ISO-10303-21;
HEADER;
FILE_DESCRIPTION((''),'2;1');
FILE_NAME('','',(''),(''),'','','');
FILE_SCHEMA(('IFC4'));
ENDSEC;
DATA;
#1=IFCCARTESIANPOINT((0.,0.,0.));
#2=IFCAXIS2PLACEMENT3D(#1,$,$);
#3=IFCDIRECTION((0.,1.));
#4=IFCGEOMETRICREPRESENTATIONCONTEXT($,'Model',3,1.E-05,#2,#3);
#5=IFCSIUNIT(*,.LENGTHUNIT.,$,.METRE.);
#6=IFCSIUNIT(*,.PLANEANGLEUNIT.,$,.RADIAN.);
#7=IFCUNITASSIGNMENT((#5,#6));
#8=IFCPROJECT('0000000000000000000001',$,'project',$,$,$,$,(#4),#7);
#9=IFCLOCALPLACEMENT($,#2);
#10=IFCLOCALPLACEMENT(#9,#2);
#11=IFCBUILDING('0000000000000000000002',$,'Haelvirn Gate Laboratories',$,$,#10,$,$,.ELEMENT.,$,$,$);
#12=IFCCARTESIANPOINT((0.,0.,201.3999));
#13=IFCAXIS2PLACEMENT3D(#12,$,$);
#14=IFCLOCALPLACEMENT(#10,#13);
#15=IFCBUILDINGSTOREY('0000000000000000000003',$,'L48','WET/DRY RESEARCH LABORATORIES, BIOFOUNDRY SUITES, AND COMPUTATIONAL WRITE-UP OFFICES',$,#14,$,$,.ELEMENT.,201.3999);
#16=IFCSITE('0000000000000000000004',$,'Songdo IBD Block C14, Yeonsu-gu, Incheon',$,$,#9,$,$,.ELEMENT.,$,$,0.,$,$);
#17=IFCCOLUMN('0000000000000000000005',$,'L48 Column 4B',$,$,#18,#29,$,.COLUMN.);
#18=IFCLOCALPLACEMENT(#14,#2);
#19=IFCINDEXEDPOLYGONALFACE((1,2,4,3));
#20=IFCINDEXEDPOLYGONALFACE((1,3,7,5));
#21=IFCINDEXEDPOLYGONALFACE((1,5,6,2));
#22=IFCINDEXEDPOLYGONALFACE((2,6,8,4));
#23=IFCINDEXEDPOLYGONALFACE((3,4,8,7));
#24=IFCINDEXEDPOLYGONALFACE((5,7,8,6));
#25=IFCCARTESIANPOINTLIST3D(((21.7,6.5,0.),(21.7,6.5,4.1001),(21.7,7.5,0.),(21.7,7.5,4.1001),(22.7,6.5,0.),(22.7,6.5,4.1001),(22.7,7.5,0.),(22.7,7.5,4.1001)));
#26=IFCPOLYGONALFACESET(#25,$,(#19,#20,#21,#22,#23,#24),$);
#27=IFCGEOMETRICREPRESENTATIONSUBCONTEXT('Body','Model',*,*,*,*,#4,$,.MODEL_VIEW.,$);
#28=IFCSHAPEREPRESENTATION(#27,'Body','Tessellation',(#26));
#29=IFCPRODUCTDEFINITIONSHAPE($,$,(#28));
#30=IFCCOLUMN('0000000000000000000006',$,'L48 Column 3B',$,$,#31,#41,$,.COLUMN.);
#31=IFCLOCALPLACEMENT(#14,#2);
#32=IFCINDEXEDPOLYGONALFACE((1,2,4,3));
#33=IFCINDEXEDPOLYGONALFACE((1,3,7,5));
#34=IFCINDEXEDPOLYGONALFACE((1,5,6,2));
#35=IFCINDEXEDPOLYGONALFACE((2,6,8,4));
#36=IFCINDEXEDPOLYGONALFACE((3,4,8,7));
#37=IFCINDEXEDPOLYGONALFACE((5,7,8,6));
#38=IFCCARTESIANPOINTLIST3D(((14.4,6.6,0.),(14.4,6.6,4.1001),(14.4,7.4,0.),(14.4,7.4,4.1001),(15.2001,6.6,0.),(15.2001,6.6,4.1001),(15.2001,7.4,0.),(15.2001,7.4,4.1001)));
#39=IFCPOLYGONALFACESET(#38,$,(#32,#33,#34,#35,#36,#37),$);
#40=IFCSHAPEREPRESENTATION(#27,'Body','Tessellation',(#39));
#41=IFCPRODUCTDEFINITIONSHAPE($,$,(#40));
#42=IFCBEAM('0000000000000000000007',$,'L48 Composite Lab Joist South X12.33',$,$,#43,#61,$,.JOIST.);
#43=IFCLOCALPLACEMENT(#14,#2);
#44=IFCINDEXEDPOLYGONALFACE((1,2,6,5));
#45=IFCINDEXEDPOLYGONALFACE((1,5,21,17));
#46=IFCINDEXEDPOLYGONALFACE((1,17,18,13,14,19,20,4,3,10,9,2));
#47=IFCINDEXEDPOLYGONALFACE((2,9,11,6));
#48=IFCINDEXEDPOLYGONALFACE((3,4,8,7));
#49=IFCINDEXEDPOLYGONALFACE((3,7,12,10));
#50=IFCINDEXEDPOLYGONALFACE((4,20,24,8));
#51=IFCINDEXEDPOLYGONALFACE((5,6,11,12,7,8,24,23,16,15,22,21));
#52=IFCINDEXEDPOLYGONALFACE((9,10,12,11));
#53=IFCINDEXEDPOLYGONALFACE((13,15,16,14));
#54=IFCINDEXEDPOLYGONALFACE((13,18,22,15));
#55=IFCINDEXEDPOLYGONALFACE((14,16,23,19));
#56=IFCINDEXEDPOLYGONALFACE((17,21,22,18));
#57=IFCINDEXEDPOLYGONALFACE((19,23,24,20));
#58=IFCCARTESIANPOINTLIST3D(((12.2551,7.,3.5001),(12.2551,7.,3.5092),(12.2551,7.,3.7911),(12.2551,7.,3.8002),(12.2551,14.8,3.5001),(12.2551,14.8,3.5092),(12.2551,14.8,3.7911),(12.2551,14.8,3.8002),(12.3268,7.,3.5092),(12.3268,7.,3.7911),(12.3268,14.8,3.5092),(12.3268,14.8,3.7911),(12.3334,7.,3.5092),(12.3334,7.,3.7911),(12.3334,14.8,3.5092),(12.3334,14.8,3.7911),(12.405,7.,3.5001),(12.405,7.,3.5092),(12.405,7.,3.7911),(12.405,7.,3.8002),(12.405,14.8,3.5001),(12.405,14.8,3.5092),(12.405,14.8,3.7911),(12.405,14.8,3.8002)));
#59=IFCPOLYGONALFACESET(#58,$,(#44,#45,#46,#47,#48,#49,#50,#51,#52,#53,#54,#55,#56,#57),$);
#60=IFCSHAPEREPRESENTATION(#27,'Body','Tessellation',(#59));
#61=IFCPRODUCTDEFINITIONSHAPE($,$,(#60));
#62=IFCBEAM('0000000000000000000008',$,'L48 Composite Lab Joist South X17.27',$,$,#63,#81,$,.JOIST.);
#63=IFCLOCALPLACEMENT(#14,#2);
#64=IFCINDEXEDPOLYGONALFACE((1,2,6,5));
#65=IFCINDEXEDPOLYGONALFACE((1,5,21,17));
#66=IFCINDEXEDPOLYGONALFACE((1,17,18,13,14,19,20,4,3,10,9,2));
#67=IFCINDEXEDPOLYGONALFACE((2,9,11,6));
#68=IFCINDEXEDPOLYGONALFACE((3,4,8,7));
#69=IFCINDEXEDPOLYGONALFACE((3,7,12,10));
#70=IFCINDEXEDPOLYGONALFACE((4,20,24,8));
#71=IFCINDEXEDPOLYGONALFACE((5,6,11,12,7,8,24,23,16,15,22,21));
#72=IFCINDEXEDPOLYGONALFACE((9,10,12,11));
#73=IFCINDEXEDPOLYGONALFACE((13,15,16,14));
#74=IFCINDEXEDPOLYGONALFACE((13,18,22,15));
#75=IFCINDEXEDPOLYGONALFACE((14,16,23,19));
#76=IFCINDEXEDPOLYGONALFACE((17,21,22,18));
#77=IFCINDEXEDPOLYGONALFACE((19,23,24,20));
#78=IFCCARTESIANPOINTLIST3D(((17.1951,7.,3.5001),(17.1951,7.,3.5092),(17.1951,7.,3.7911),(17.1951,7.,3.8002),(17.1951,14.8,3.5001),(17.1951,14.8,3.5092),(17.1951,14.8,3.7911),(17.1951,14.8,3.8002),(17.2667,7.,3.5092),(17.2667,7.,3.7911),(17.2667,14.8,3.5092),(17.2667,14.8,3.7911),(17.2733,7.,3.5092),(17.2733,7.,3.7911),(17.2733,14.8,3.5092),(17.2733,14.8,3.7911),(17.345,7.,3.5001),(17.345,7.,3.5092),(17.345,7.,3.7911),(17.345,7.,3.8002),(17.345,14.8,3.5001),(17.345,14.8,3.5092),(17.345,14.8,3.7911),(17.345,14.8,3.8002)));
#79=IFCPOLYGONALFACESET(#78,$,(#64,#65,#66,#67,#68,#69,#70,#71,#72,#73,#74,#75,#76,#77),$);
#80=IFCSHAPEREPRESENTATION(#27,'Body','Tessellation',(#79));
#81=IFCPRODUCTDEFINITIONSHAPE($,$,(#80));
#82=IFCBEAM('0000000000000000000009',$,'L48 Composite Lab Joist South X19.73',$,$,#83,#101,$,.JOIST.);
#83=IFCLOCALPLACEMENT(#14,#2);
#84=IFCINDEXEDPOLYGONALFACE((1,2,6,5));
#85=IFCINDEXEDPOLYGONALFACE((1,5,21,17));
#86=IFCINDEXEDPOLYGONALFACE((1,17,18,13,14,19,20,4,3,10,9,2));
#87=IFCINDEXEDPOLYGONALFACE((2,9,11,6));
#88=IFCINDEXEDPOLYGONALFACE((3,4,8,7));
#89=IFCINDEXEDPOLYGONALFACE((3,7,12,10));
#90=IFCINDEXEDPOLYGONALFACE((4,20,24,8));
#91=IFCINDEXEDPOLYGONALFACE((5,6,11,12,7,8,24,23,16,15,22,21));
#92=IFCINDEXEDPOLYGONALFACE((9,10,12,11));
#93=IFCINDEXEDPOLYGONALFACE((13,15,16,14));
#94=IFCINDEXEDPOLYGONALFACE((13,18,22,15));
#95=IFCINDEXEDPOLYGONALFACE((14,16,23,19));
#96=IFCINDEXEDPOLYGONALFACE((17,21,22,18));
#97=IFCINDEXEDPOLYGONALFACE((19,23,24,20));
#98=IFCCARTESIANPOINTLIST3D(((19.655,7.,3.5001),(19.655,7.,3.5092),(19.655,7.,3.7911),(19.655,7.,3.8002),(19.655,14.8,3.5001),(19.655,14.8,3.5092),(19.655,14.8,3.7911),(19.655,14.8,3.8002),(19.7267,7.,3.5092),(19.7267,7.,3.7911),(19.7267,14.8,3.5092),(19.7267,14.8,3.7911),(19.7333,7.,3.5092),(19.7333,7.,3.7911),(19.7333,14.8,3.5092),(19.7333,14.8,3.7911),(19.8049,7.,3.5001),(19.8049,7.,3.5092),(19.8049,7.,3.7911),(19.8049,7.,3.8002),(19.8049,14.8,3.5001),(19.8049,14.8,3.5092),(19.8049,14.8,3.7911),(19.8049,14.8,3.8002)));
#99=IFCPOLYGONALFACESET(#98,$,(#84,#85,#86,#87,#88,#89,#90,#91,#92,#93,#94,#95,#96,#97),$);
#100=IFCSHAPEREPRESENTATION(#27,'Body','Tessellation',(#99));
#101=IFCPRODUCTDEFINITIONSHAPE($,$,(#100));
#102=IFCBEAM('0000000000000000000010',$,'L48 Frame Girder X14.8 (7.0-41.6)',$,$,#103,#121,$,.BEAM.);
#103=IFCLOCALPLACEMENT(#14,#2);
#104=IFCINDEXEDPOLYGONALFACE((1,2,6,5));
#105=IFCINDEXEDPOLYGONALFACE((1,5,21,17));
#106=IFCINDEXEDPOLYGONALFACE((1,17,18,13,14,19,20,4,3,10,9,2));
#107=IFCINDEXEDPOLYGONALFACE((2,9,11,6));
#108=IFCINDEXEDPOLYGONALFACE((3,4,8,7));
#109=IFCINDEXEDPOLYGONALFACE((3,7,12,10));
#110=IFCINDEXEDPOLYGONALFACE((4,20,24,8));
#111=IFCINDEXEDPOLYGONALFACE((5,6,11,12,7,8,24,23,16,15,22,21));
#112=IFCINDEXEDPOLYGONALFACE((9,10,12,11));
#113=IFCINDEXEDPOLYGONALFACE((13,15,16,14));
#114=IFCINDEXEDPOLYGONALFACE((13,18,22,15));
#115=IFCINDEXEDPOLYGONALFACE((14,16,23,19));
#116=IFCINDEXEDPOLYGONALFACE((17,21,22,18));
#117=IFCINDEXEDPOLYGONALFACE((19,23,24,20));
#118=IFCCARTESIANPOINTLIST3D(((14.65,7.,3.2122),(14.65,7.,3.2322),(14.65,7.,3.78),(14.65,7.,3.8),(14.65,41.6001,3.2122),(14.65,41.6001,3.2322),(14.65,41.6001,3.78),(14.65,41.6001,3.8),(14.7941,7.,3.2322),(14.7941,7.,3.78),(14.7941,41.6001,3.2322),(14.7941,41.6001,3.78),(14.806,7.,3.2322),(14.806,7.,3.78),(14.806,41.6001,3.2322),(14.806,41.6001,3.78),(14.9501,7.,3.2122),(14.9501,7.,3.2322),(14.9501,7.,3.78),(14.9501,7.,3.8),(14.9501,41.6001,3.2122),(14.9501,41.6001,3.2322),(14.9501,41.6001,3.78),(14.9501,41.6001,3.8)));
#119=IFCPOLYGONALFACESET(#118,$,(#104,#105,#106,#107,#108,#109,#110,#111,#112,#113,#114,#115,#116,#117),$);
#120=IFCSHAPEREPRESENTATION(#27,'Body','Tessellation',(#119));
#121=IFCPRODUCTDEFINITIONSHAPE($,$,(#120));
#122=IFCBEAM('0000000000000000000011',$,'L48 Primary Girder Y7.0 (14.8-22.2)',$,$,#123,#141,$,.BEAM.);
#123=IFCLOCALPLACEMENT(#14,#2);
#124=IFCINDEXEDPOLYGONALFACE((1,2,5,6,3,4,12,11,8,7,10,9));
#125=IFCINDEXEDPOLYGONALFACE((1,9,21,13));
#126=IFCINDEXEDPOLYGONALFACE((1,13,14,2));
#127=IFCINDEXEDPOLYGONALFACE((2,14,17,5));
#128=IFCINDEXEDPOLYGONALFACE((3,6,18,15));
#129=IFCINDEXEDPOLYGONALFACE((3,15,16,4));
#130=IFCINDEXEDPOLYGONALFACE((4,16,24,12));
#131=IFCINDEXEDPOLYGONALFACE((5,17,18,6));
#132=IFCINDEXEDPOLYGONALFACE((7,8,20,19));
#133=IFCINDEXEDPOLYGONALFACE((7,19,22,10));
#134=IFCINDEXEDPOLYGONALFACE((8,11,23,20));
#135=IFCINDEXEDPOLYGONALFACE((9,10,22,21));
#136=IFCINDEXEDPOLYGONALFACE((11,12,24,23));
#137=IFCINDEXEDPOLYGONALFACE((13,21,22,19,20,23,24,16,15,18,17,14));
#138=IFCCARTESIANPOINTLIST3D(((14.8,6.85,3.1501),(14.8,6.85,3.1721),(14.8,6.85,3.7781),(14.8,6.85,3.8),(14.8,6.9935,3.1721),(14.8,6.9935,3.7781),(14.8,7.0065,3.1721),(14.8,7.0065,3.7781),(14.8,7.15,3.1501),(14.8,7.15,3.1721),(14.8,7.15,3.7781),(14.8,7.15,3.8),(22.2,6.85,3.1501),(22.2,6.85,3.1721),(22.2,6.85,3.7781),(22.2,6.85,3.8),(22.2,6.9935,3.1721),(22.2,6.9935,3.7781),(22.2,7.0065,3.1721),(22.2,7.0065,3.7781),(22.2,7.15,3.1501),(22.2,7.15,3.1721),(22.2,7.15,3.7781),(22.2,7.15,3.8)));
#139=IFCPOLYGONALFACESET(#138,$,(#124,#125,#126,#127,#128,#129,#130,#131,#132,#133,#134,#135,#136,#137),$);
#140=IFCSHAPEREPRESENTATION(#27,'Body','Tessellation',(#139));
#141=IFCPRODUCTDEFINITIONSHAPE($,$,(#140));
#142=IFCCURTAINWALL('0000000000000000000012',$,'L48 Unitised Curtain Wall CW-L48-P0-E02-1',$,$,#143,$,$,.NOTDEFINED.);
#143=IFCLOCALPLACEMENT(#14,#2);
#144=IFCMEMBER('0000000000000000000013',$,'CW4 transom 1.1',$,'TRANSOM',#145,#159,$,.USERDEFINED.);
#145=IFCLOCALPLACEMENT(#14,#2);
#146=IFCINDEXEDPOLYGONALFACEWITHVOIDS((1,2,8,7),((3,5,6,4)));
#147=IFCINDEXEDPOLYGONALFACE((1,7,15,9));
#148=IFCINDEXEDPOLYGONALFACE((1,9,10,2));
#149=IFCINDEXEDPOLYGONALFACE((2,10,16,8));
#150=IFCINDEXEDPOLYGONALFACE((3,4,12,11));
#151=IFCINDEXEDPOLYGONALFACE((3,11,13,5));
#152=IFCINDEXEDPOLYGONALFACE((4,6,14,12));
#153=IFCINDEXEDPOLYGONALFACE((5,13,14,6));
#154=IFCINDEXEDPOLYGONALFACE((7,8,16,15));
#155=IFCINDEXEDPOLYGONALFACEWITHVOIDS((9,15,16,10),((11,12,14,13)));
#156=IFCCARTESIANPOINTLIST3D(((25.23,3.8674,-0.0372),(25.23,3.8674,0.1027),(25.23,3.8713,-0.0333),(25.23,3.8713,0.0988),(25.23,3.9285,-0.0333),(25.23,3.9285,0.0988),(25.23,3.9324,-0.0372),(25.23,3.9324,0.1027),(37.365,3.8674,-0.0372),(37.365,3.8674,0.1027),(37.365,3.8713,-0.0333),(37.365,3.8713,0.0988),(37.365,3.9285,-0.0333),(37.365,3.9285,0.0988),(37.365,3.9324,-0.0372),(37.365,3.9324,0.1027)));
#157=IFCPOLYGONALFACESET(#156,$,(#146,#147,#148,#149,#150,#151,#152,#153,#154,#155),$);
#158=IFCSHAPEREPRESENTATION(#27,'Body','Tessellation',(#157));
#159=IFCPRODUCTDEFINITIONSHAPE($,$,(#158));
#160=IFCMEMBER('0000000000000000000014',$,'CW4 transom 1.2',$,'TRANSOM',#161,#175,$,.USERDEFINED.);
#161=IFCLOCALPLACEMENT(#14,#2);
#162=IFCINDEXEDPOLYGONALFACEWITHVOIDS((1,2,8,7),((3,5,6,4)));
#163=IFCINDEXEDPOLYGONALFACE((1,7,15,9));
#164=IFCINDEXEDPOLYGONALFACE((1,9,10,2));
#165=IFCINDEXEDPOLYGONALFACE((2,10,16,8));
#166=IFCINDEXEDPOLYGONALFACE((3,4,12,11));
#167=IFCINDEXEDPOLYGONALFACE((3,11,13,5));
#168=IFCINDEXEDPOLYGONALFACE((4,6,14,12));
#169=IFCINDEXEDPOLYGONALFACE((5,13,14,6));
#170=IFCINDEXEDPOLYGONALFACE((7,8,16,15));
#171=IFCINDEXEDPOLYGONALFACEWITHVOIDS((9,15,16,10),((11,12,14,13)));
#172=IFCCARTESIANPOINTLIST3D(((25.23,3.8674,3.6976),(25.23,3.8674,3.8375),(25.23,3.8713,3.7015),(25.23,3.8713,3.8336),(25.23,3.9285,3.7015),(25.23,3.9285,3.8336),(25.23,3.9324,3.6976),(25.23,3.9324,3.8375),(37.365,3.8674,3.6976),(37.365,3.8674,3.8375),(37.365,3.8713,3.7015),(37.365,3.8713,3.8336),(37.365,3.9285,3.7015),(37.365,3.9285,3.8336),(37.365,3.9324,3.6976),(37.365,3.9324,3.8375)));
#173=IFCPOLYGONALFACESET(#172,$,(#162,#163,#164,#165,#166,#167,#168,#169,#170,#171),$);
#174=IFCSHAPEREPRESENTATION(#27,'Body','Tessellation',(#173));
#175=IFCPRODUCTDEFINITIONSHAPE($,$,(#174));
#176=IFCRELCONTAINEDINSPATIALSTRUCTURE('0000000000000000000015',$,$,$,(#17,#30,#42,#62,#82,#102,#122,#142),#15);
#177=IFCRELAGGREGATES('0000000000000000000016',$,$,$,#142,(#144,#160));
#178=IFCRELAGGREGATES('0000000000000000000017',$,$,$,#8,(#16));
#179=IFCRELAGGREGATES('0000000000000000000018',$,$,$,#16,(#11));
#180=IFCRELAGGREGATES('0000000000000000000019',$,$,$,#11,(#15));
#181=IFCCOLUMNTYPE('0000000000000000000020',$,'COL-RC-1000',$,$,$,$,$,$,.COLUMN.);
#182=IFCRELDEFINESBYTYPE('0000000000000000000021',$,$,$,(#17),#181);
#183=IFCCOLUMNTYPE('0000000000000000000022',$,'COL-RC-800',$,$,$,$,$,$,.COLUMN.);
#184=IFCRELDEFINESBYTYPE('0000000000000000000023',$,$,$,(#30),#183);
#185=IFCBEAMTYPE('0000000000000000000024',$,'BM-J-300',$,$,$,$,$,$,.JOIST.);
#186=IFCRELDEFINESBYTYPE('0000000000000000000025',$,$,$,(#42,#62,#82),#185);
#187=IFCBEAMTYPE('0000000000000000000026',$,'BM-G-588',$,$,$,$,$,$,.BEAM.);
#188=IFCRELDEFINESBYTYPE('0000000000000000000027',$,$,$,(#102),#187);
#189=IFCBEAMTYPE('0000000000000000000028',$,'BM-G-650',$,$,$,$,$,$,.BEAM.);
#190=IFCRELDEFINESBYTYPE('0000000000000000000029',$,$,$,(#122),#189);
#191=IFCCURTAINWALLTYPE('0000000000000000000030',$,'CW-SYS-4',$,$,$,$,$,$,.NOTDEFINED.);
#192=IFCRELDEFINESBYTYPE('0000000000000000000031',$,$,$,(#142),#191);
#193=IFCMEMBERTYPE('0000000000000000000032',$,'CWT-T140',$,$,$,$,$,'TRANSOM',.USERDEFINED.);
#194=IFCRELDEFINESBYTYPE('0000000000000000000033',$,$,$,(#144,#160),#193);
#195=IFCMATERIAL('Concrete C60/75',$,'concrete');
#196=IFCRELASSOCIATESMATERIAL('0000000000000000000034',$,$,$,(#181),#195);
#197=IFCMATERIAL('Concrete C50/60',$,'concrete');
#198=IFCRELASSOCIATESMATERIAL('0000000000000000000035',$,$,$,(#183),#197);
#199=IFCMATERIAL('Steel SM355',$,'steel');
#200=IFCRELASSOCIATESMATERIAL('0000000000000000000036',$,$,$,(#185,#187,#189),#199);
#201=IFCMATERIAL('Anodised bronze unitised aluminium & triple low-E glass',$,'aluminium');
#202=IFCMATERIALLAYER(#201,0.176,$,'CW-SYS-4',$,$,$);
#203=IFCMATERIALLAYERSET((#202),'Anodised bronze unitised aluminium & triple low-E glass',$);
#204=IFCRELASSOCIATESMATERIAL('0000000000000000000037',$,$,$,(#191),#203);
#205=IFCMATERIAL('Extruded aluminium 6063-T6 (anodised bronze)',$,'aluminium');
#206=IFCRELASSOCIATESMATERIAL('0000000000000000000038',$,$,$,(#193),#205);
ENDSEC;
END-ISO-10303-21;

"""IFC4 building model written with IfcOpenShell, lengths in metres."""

from ifc_helpers import new_model, si_unit, direction, frame, origin, origin_2d, place, context, subcontext, project, spatial, rectangle, hollow_rectangle, i_section, extrude, source, transform, mapped, material, layer, layer_set, material_profile, profile_set, type_object, type_shapes, element, aggregate, save


model = new_model("IFC4")

# Units and contexts
model_context = context("Model", 3, precision=1e-05, world=origin(), true_north=direction((0.0, 1.0)))
body_context = subcontext(model_context, "Body", "Model", "MODEL_VIEW")
ifc_project = project(units=[si_unit("LENGTHUNIT", "METRE"), si_unit("PLANEANGLEUNIT", "RADIAN")], contexts=[model_context])

# Site, building, storey
site_placement = place(None, origin())
site = spatial("IfcSite", under=ifc_project, at=site_placement, Name="Songdo IBD Block C14, Yeonsu-gu, Incheon", CompositionType="ELEMENT", RefElevation=0.0)
building_placement = place(site_placement, origin())
building = spatial("IfcBuilding", under=site, at=building_placement, Name="Haelvirn Gate Laboratories", CompositionType="ELEMENT")
storey_placement = place(building_placement, frame((0.0, 0.0, 201.3999)))
storey = spatial("IfcBuildingStorey", under=building, at=storey_placement, Name="L48", Description="WET/DRY RESEARCH LABORATORIES, BIOFOUNDRY SUITES, AND COMPUTATIONAL WRITE-UP OFFICES", CompositionType="ELEMENT", Elevation=201.3999)

# Columns
ifc_material_1 = material(Name="Concrete C60/75", Category="concrete")
ifc_material_profile_1 = material_profile(ifc_material_1, rectangle(XDim=1.0, YDim=1.0, at=origin_2d()), Name="RC-1000x1000")
ifc_profile_set_1 = profile_set([ifc_material_profile_1], Name="Concrete C60/75")
column_type_1 = type_object("IfcColumnType", Name="COL-RC-1000", PredefinedType="COLUMN", material=ifc_profile_set_1)
shared_shape_1 = source(origin(), body_context, "Body", "SweptSolid", [
    extrude(rectangle(XDim=1.0, YDim=1.0, at=origin_2d()), origin(), (0.0, 0.0, 1.0), 4.1001),
])
type_shapes(column_type_1, [shared_shape_1])
column_1_placement = place(storey_placement, frame((22.2, 7.0, 0.0), z_axis=(0.0, 0.0, 1.0), x_axis=(1.0, 0.0, 0.0)))
element("IfcColumn", 1, at=column_1_placement, inside=storey, type_object=column_type_1, Name="L48 Column 4B", PredefinedType="COLUMN", context=body_context, shape_type="MappedRepresentation", body=[
    mapped(shared_shape_1, transform((0.0, 0.0, 0.0), scale=1.0)),
])
ifc_material_2 = material(Name="Concrete C50/60", Category="concrete")
ifc_material_profile_2 = material_profile(ifc_material_2, rectangle(XDim=0.8, YDim=0.8, at=origin_2d()), Name="RC-800x800")
ifc_profile_set_2 = profile_set([ifc_material_profile_2], Name="Concrete C50/60")
column_type_2 = type_object("IfcColumnType", Name="COL-RC-800", PredefinedType="COLUMN", material=ifc_profile_set_2)
shared_shape_2 = source(origin(), body_context, "Body", "SweptSolid", [
    extrude(rectangle(XDim=0.8, YDim=0.8, at=origin_2d()), origin(), (0.0, 0.0, 1.0), 4.1001),
])
type_shapes(column_type_2, [shared_shape_2])
column_2_placement = place(storey_placement, frame((14.8, 7.0, 0.0), z_axis=(0.0, 0.0, 1.0), x_axis=(1.0, 0.0, 0.0)))
element("IfcColumn", 2, at=column_2_placement, inside=storey, type_object=column_type_2, Name="L48 Column 3B", PredefinedType="COLUMN", context=body_context, shape_type="MappedRepresentation", body=[
    mapped(shared_shape_2, transform((0.0, 0.0, 0.0), scale=1.0)),
])

# Beams
ifc_material_3 = material(Name="Steel SM355", Category="steel")
ifc_material_profile_3 = material_profile(ifc_material_3, i_section(OverallWidth=0.1499, OverallDepth=0.3, WebThickness=0.0066, FlangeThickness=0.009, at=origin_2d()), Name="H-300x150x6.5x9")
ifc_profile_set_3 = profile_set([ifc_material_profile_3], Name="Steel SM355")
beam_type_1 = type_object("IfcBeamType", Name="BM-J-300", PredefinedType="JOIST", material=ifc_profile_set_3)
shared_shape_3 = source(origin(), body_context, "Body", "SweptSolid", [
    extrude(i_section(OverallWidth=0.1499, OverallDepth=0.3, WebThickness=0.0066, FlangeThickness=0.009, at=origin_2d()), origin(), (0.0, 0.0, 1.0), 7.8),
])
type_shapes(beam_type_1, [shared_shape_3])
for number, where, z_axis, x_axis, name in (
    (3, (12.3301, 7.0, 3.6501), (0.0, 1.0, 0.0), (-1.0, 0.0, 0.0), "L48 Composite Lab Joist South X12.33"),
    (4, (17.27, 7.0, 3.6501), (0.0, 1.0, 0.0), (-1.0, 0.0, 0.0), "L48 Composite Lab Joist South X17.27"),
    (5, (19.73, 7.0, 3.6501), (0.0, 1.0, 0.0), (-1.0, 0.0, 0.0), "L48 Composite Lab Joist South X19.73"),
):
    element("IfcBeam", number, at=place(storey_placement, frame(where, z_axis=z_axis, x_axis=x_axis)), inside=storey, type_object=beam_type_1, Name=name, PredefinedType="JOIST", context=body_context, shape_type="MappedRepresentation", body=[
        mapped(shared_shape_3, transform((0.0, 0.0, 0.0), scale=1.0)),
    ])
ifc_material_profile_4 = material_profile(ifc_material_3, i_section(OverallWidth=0.3, OverallDepth=0.5879, WebThickness=0.012, FlangeThickness=0.02, at=origin_2d()), Name="H-588x300x12x20")
ifc_profile_set_4 = profile_set([ifc_material_profile_4], Name="Steel SM355")
beam_type_2 = type_object("IfcBeamType", Name="BM-G-588", PredefinedType="BEAM", material=ifc_profile_set_4)
shared_shape_4 = source(origin(), body_context, "Body", "SweptSolid", [
    extrude(i_section(OverallWidth=0.3, OverallDepth=0.5879, WebThickness=0.012, FlangeThickness=0.02, at=origin_2d()), origin(), (0.0, 0.0, 1.0), 34.6001),
])
type_shapes(beam_type_2, [shared_shape_4])
beam_1_placement = place(storey_placement, frame((14.8, 7.0, 3.5061), z_axis=(0.0, 1.0, 0.0), x_axis=(-1.0, 0.0, 0.0)))
element("IfcBeam", 6, at=beam_1_placement, inside=storey, type_object=beam_type_2, Name="L48 Frame Girder X14.8 (7.0-41.6)", PredefinedType="BEAM", context=body_context, shape_type="MappedRepresentation", body=[
    mapped(shared_shape_4, transform((0.0, 0.0, 0.0), scale=1.0)),
])
ifc_material_profile_5 = material_profile(ifc_material_3, i_section(OverallWidth=0.3, OverallDepth=0.6499, WebThickness=0.0129, FlangeThickness=0.022, at=origin_2d()), Name="H-650x300x13x22")
ifc_profile_set_5 = profile_set([ifc_material_profile_5], Name="Steel SM355")
beam_type_3 = type_object("IfcBeamType", Name="BM-G-650", PredefinedType="BEAM", material=ifc_profile_set_5)
shared_shape_5 = source(origin(), body_context, "Body", "SweptSolid", [
    extrude(i_section(OverallWidth=0.3, OverallDepth=0.6499, WebThickness=0.0129, FlangeThickness=0.022, at=origin_2d()), origin(), (0.0, 0.0, 1.0), 7.3999),
])
type_shapes(beam_type_3, [shared_shape_5])
beam_2_placement = place(storey_placement, frame((14.8, 7.0, 3.4751), z_axis=(1.0, 0.0, 0.0), x_axis=(0.0, 1.0, 0.0)))
element("IfcBeam", 7, at=beam_2_placement, inside=storey, type_object=beam_type_3, Name="L48 Primary Girder Y7.0 (14.8-22.2)", PredefinedType="BEAM", context=body_context, shape_type="MappedRepresentation", body=[
    mapped(shared_shape_5, transform((0.0, 0.0, 0.0), scale=1.0)),
])

# Curtain wall, members
ifc_material_4 = material(Name="Anodised bronze unitised aluminium & triple low-E glass", Category="aluminium")
ifc_layer_1 = layer(ifc_material_4, 0.176, Name="CW-SYS-4")
ifc_layer_set_1 = layer_set([ifc_layer_1], Name="Anodised bronze unitised aluminium & triple low-E glass")
curtain_wall_type = type_object("IfcCurtainWallType", Name="CW-SYS-4", PredefinedType="NOTDEFINED", material=ifc_layer_set_1)
curtain_wall_1_placement = place(storey_placement, origin())
curtain_wall_1 = element("IfcCurtainWall", 8, at=curtain_wall_1_placement, inside=storey, type_object=curtain_wall_type, Name="L48 Unitised Curtain Wall CW-L48-P0-E02-1", PredefinedType="NOTDEFINED")
ifc_material_5 = material(Name="Extruded aluminium 6063-T6 (anodised bronze)", Category="aluminium")
ifc_material_profile_6 = material_profile(ifc_material_5, hollow_rectangle(XDim=0.0649, YDim=0.1399, WallThickness=0.0039, at=origin_2d()), Name="CWT-140x65x4")
ifc_profile_set_6 = profile_set([ifc_material_profile_6], Name="Extruded aluminium 6063-T6 (anodised bronze)")
member_type_1 = type_object("IfcMemberType", Name="CWT-T140", ElementType="TRANSOM", PredefinedType="USERDEFINED", material=ifc_profile_set_6)
shared_shape_6 = source(origin(), body_context, "Body", "SweptSolid", [
    extrude(hollow_rectangle(XDim=0.0649, YDim=0.1399, WallThickness=0.0039, at=origin_2d()), origin(), (0.0, 0.0, 1.0), 12.135),
])
member_1_placement = place(storey_placement, frame((25.23, 3.8999, 0.0327), z_axis=(1.0, 0.0, 0.0), x_axis=(0.0, 1.0, 0.0)))
member_1 = element("IfcMember", 9, at=member_1_placement, type_object=member_type_1, Name="CW4 transom 1.1", ObjectType="TRANSOM", PredefinedType="USERDEFINED", context=body_context, shape_type="MappedRepresentation", body=[
    mapped(shared_shape_6, transform((0.0, 0.0, 0.0), scale=1.0)),
])
member_2_placement = place(storey_placement, frame((25.23, 3.8999, 3.7676), z_axis=(1.0, 0.0, 0.0), x_axis=(0.0, 1.0, 0.0)))
member_2 = element("IfcMember", 10, at=member_2_placement, type_object=member_type_1, Name="CW4 transom 1.2", ObjectType="TRANSOM", PredefinedType="USERDEFINED", context=body_context, shape_type="MappedRepresentation", body=[
    mapped(shared_shape_6, transform((0.0, 0.0, 0.0), scale=1.0)),
])

aggregate(curtain_wall_1, [member_1, member_2])

save(model, "model.ifc")
